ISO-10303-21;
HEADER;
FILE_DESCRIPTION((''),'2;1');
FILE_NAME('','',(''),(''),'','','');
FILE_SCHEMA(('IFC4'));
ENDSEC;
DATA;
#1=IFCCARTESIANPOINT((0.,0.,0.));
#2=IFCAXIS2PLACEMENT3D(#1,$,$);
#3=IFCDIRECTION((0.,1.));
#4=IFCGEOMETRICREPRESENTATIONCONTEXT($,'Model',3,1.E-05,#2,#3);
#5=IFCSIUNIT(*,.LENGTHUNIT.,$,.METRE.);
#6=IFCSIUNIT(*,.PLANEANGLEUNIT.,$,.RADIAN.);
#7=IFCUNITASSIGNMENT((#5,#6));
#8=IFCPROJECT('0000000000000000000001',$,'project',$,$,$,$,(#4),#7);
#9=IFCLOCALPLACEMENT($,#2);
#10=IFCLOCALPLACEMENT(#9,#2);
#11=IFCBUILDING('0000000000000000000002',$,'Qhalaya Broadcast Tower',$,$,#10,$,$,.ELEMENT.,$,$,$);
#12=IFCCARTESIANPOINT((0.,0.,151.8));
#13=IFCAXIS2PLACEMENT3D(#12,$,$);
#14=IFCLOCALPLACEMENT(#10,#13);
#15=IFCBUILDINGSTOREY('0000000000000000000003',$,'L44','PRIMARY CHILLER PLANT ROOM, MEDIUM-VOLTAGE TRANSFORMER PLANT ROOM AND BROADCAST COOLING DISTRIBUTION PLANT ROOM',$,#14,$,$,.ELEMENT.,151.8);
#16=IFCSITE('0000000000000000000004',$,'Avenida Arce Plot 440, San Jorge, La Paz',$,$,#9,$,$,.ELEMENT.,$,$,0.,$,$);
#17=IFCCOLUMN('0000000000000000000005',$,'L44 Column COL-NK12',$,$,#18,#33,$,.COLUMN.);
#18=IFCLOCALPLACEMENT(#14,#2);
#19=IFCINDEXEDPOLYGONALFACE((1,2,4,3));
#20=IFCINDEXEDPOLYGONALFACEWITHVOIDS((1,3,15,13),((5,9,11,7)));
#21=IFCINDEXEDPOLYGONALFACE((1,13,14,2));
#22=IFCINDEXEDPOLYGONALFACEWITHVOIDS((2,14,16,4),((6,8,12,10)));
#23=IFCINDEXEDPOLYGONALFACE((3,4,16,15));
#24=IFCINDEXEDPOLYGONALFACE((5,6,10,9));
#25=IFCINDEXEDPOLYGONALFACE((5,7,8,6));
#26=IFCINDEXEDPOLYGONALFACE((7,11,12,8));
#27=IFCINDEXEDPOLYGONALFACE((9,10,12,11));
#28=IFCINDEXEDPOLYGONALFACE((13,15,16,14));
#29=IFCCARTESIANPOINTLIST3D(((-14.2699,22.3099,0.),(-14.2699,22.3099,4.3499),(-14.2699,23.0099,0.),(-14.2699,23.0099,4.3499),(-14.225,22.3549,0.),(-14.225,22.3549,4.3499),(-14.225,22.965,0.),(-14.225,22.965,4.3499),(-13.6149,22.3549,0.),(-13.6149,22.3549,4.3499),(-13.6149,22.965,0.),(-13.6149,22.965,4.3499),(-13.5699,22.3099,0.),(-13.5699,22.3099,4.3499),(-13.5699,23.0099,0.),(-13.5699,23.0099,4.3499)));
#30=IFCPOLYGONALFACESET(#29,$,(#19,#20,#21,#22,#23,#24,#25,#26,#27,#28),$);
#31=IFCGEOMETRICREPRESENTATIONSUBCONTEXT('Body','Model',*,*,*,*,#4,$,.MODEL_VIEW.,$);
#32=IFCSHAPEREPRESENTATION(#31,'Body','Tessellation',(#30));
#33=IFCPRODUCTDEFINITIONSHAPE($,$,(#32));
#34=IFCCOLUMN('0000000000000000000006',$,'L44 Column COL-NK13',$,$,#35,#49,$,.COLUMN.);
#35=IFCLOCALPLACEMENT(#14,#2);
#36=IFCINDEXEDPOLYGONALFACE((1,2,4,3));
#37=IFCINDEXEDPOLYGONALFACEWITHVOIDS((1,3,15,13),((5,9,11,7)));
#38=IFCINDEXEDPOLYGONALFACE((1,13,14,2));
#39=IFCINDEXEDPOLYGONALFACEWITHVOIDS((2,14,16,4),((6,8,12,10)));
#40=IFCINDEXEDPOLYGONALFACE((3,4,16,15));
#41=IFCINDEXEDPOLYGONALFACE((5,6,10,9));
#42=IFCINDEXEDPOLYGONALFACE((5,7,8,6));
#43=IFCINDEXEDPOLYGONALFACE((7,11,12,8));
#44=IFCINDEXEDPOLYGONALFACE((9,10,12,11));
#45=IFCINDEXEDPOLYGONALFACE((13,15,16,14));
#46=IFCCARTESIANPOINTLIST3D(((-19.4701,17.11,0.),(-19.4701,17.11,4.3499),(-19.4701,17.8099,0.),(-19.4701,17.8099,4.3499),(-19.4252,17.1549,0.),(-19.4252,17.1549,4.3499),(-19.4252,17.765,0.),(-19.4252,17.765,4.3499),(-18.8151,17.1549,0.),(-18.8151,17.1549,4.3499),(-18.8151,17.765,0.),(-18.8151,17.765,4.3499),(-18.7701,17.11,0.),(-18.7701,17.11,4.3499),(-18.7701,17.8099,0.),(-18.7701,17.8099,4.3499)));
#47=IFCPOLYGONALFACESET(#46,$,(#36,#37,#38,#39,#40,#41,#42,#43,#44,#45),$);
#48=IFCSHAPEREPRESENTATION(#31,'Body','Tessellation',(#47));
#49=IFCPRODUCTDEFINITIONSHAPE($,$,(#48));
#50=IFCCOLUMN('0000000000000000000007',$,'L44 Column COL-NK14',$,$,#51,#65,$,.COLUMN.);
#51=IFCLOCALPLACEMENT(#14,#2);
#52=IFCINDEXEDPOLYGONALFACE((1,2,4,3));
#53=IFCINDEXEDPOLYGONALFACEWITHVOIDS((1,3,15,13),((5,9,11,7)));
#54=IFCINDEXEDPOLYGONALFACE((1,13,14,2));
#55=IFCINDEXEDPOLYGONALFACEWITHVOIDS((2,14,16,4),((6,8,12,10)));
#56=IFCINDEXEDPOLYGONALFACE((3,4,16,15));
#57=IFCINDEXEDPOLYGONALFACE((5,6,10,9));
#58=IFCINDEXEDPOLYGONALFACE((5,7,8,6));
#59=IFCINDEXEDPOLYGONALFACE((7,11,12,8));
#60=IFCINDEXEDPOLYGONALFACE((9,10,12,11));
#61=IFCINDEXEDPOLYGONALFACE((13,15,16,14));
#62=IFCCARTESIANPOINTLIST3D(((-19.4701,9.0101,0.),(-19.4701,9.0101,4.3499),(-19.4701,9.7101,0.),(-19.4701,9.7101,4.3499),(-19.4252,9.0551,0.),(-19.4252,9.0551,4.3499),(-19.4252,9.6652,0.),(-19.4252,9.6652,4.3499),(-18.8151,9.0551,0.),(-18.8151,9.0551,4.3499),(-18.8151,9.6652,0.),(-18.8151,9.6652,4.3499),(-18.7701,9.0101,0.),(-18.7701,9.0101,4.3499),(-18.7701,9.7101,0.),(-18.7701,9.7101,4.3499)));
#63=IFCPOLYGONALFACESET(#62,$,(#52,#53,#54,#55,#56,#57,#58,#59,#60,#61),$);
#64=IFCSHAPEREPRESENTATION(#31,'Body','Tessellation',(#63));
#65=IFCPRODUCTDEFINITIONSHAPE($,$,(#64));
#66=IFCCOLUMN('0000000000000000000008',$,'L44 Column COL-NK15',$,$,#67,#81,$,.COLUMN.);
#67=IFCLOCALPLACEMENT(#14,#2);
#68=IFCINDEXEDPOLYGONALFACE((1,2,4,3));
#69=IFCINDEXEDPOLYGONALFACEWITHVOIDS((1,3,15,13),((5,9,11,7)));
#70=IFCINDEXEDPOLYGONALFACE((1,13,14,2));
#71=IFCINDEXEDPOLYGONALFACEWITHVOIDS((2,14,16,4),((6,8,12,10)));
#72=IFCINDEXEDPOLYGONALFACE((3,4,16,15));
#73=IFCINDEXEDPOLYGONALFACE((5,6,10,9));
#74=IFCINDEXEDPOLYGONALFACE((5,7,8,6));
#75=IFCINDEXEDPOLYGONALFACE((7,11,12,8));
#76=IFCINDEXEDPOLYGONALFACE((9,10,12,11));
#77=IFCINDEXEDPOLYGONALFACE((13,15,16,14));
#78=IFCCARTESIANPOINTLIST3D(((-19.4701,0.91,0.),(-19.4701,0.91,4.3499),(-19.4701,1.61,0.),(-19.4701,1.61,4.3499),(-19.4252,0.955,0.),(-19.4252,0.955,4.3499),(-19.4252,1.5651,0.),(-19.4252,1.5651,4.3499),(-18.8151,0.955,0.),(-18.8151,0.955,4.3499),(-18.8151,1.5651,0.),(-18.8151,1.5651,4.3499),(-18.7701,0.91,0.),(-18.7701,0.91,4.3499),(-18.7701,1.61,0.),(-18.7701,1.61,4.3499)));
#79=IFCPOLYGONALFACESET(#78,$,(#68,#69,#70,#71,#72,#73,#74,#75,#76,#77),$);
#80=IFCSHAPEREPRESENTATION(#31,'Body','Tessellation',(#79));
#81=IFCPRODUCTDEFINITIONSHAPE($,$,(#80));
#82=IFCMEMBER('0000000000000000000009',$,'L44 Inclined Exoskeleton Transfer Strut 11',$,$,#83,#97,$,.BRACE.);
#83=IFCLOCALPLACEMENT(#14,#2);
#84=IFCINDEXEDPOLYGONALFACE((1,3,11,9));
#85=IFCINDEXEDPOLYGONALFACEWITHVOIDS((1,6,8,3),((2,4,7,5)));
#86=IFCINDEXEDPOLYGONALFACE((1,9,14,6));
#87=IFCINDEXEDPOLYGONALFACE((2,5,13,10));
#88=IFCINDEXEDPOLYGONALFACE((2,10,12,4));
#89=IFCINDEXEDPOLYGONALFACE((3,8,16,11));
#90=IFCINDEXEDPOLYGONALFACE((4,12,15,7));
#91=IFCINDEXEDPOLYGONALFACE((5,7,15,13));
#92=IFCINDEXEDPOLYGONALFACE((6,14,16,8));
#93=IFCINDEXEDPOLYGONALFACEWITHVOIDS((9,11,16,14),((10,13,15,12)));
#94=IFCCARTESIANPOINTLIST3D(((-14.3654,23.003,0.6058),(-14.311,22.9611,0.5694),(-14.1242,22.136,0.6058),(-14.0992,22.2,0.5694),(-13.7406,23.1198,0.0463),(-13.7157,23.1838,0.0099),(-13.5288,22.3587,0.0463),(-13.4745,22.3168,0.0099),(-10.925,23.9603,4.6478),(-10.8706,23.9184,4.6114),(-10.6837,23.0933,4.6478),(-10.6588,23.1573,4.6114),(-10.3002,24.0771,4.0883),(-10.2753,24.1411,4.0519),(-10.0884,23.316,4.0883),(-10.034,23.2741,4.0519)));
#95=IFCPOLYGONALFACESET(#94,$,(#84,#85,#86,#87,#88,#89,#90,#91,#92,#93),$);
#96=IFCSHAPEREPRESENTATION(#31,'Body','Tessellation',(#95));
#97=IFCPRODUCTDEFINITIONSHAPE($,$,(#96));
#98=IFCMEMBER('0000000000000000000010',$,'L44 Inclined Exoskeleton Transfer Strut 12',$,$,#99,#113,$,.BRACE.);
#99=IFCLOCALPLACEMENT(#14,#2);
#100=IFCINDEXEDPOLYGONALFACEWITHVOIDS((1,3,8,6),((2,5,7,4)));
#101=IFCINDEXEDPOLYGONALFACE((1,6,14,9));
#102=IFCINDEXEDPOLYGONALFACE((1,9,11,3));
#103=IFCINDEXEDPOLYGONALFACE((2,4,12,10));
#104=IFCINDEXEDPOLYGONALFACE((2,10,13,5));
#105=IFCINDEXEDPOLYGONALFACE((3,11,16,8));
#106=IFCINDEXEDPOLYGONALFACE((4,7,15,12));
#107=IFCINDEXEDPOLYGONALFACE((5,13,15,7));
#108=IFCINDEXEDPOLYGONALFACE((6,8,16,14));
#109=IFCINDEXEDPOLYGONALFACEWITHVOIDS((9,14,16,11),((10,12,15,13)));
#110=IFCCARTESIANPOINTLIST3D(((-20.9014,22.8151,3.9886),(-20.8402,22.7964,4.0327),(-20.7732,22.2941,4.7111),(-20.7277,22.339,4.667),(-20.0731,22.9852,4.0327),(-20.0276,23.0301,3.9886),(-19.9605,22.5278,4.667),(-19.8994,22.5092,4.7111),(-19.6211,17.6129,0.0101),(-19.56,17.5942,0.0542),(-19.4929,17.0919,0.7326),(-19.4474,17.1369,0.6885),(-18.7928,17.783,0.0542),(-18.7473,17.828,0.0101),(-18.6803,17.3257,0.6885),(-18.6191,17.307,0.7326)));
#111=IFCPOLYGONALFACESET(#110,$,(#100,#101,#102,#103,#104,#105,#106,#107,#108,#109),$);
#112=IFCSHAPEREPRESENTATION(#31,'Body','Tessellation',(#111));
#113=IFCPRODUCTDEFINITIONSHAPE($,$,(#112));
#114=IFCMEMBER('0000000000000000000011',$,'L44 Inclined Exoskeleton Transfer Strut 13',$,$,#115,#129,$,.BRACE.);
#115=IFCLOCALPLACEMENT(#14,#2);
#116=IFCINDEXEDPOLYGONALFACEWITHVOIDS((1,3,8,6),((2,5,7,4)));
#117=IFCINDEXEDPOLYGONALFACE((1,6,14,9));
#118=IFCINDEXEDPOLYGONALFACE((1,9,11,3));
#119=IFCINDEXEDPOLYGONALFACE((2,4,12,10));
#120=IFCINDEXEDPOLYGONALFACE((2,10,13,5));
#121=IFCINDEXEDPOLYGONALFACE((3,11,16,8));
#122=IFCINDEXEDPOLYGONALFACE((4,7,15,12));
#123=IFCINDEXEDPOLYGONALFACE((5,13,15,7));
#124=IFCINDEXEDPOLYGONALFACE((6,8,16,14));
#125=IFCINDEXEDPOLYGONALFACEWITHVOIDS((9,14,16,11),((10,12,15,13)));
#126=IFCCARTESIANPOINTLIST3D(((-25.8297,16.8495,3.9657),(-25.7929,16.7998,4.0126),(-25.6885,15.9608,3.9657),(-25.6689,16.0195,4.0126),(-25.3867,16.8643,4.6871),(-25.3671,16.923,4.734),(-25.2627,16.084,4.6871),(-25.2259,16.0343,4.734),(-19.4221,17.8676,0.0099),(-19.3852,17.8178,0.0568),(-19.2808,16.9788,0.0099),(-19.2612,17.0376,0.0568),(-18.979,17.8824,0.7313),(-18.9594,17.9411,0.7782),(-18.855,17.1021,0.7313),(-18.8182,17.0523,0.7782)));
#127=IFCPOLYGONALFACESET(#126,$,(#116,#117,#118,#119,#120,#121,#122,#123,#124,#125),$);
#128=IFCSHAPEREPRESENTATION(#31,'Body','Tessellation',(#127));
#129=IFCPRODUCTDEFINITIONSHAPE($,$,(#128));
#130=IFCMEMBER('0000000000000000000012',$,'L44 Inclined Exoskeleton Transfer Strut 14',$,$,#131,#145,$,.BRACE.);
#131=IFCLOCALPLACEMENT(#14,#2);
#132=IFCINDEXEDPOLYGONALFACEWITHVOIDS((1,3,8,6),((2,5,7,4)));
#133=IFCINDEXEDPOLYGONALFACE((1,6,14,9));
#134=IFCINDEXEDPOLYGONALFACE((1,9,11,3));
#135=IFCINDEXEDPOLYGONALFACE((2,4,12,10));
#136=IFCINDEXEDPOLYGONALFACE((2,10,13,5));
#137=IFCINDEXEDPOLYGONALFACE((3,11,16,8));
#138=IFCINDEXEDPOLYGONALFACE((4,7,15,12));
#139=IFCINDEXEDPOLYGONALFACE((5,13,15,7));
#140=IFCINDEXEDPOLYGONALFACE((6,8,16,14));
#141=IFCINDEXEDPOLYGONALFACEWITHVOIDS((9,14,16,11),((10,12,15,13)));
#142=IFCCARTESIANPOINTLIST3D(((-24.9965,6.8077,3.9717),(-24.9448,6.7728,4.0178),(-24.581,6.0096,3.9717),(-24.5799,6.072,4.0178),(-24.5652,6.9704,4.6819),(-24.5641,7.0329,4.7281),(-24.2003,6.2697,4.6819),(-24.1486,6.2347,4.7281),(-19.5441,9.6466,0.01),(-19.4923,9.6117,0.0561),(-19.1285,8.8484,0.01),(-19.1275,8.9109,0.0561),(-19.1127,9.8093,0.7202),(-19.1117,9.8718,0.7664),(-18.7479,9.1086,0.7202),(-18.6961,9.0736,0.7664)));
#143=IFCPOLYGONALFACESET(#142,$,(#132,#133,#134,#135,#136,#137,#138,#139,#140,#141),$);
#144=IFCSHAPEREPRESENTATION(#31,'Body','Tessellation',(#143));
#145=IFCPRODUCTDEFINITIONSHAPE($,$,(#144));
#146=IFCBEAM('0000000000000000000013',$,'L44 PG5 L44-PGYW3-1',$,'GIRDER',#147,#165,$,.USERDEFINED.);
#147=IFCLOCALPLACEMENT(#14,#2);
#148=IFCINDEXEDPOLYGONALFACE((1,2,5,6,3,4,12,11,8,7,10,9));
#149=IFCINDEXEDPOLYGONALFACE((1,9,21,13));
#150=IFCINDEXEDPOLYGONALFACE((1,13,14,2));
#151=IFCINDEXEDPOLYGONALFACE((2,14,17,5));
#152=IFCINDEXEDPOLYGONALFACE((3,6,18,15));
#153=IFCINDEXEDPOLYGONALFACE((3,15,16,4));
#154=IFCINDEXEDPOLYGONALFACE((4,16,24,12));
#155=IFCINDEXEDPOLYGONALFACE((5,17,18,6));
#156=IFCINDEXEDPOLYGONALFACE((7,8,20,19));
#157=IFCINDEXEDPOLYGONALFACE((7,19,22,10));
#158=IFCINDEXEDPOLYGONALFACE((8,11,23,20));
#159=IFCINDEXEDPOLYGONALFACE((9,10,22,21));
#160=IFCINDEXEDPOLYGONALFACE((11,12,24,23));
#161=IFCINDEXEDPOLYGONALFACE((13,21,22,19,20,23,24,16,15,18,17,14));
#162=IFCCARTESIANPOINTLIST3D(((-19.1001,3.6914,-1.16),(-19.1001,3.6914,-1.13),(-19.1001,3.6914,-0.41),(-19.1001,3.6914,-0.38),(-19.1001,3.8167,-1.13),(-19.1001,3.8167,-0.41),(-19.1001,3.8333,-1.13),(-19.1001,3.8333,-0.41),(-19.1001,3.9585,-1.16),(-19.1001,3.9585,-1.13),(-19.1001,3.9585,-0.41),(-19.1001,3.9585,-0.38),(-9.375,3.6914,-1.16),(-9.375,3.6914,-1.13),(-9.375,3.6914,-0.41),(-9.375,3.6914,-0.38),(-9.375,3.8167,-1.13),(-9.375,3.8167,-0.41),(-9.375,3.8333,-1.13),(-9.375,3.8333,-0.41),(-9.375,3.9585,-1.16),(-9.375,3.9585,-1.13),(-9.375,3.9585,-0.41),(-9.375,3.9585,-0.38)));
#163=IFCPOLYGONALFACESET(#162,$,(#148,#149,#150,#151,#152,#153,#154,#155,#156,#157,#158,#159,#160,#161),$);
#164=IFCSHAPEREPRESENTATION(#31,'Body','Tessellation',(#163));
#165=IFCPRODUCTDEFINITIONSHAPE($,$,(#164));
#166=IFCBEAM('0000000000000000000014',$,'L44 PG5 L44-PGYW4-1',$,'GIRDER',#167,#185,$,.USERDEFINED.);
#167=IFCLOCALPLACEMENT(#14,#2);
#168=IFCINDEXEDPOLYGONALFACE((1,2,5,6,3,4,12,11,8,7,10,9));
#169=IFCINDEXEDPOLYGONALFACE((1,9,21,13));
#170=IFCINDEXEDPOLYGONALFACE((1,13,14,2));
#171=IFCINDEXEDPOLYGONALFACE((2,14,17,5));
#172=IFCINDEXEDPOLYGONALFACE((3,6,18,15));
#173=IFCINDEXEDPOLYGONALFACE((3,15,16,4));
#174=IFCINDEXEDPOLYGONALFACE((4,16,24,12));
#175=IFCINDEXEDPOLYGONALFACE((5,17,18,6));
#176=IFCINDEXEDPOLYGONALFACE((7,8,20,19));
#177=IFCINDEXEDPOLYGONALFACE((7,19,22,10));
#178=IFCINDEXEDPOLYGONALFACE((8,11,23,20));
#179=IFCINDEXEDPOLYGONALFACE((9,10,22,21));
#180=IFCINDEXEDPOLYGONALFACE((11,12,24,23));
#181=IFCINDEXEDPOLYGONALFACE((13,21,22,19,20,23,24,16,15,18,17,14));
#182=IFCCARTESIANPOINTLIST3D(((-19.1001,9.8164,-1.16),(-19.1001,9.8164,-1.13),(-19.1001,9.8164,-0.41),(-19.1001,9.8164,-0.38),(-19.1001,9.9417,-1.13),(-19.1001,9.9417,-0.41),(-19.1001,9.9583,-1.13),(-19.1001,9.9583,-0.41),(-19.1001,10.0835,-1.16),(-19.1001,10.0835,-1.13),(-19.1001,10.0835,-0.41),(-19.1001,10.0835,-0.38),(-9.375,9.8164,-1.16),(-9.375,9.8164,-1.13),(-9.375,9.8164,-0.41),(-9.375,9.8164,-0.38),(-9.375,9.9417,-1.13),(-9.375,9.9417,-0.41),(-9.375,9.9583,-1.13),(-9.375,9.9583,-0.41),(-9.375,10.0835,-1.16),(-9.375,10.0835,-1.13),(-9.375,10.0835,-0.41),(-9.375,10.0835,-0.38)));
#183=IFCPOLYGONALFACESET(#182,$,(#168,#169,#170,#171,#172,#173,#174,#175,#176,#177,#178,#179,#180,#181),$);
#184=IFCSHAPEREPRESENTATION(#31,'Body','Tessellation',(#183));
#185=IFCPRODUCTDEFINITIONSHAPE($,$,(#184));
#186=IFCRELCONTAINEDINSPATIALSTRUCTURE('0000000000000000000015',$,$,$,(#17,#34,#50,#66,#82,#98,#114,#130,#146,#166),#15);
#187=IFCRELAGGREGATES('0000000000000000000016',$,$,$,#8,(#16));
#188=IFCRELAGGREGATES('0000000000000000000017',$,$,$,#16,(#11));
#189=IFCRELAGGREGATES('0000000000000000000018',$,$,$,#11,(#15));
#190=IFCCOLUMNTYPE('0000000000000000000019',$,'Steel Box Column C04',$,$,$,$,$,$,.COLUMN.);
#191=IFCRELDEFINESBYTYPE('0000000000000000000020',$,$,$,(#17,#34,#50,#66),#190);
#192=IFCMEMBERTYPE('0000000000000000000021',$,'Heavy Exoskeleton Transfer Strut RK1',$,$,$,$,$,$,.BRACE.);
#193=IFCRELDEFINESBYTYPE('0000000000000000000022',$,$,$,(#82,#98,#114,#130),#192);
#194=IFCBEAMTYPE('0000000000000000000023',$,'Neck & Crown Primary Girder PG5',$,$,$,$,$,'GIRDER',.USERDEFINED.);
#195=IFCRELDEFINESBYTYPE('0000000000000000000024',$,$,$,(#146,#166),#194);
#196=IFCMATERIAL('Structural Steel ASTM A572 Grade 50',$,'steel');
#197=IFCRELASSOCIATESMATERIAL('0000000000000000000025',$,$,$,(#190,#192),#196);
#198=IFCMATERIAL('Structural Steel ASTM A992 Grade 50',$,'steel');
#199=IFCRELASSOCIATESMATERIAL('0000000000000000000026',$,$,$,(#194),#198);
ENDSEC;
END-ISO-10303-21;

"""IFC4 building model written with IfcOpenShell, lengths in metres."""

from ifc_helpers import new_model, si_unit, direction, frame, origin, origin_2d, place, context, subcontext, project, spatial, hollow_rectangle, i_section, extrude, material, material_profile, profile_set, type_object, element, save


model = new_model("IFC4")

# Units and contexts
model_context = context("Model", 3, precision=1e-05, world=origin(), true_north=direction((0.0, 1.0)))
body_context = subcontext(model_context, "Body", "Model", "MODEL_VIEW")
ifc_project = project(units=[si_unit("LENGTHUNIT", "METRE"), si_unit("PLANEANGLEUNIT", "RADIAN")], contexts=[model_context])

# Site, building, storey
site_placement = place(None, origin())
site = spatial("IfcSite", under=ifc_project, at=site_placement, Name="Avenida Arce Plot 440, San Jorge, La Paz", CompositionType="ELEMENT", RefElevation=0.0)
building_placement = place(site_placement, origin())
building = spatial("IfcBuilding", under=site, at=building_placement, Name="Qhalaya Broadcast Tower", CompositionType="ELEMENT")
storey_placement = place(building_placement, frame((0.0, 0.0, 151.8)))
storey = spatial("IfcBuildingStorey", under=building, at=storey_placement, Name="L44", Description="PRIMARY CHILLER PLANT ROOM, MEDIUM-VOLTAGE TRANSFORMER PLANT ROOM AND BROADCAST COOLING DISTRIBUTION PLANT ROOM", CompositionType="ELEMENT", Elevation=151.8)

# Columns
ifc_material_1 = material(Name="Structural Steel ASTM A572 Grade 50", Category="steel")
ifc_material_profile_1 = material_profile(ifc_material_1, hollow_rectangle(XDim=0.7, YDim=0.7, WallThickness=0.0449, at=origin_2d()), Name="BOX 700x700x45")
ifc_profile_set_1 = profile_set([ifc_material_profile_1], Name="Structural Steel ASTM A572 Grade 50")
column_type = type_object("IfcColumnType", Name="Steel Box Column C04", PredefinedType="COLUMN", material=ifc_profile_set_1)
for number, where, z_axis, x_axis, name in (
    (1, (-13.9199, 22.6599, 0.0), (0.0, 0.0, 1.0), (1.0, 0.0, 0.0), "L44 Column COL-NK12"),
    (2, (-19.1201, 17.46, 0.0), (0.0, 0.0, 1.0), (0.0, 1.0, 0.0), "L44 Column COL-NK13"),
    (3, (-19.1201, 9.3601, 0.0), (0.0, 0.0, 1.0), (0.0, 1.0, 0.0), "L44 Column COL-NK14"),
    (4, (-19.1201, 1.26, 0.0), (0.0, 0.0, 1.0), (0.0, 1.0, 0.0), "L44 Column COL-NK15"),
):
    element("IfcColumn", number, at=place(storey_placement, frame(where, z_axis=z_axis, x_axis=x_axis)), inside=storey, type_object=column_type, Name=name, PredefinedType="COLUMN", context=body_context, shape_type="SweptSolid", body=[
        extrude(hollow_rectangle(XDim=0.7, YDim=0.7, WallThickness=0.0449, at=origin_2d()), origin(), (0.0, 0.0, 1.0), 4.3499),
    ])

# Members
ifc_material_profile_2 = material_profile(ifc_material_1, hollow_rectangle(XDim=0.8999, YDim=0.8999, WallThickness=0.0549, at=origin_2d()), Name="BOX 900x900x55")
ifc_profile_set_2 = profile_set([ifc_material_profile_2], Name="Structural Steel ASTM A572 Grade 50")
member_type = type_object("IfcMemberType", Name="Heavy Exoskeleton Transfer Strut RK1", PredefinedType="BRACE", material=ifc_profile_set_2)
member_1_placement = place(storey_placement, frame((-13.9199, 22.6599, 0.3079), z_axis=(0.637876, 0.177484, 0.749409), x_axis=(-0.26806, 0.963402, 0.0)))
element("IfcMember", 5, at=member_1_placement, inside=storey, type_object=member_type, Name="L44 Inclined Exoskeleton Transfer Strut 11", PredefinedType="BRACE", context=body_context, shape_type="SweptSolid", body=[
    extrude(hollow_rectangle(XDim=0.8999, YDim=0.8999, WallThickness=0.0549, at=origin_2d()), origin(), (0.0, 0.0, 1.0), 5.3936),
])
member_2_placement = place(storey_placement, frame((-19.1201, 17.46, 0.3713), z_axis=(-0.191856, 0.779572, 0.596204), x_axis=(-0.971026, -0.238974, 0.0)))
element("IfcMember", 6, at=member_2_placement, inside=storey, type_object=member_type, Name="L44 Inclined Exoskeleton Transfer Strut 12", PredefinedType="BRACE", context=body_context, shape_type="SweptSolid", body=[
    extrude(hollow_rectangle(XDim=0.8999, YDim=0.8999, WallThickness=0.0549, at=origin_2d()), origin(), (0.0, 0.0, 1.0), 6.6731),
])
member_3_placement = place(storey_placement, frame((-19.1201, 17.46, 0.394), z_axis=(-0.843239, -0.133975, 0.520575), x_axis=(0.156913, -0.987612, 0.0)))
element("IfcMember", 7, at=member_3_placement, inside=storey, type_object=member_type, Name="L44 Inclined Exoskeleton Transfer Strut 13", PredefinedType="BRACE", context=body_context, shape_type="SweptSolid", body=[
    extrude(hollow_rectangle(XDim=0.8999, YDim=0.8999, WallThickness=0.0549, at=origin_2d()), origin(), (0.0, 0.0, 1.0), 7.5989),
])
member_4_placement = place(storey_placement, frame((-19.1201, 9.3601, 0.3882), z_axis=(-0.745557, -0.388185, 0.541717), x_axis=(0.461817, -0.886975, 0.0)))
element("IfcMember", 8, at=member_4_placement, inside=storey, type_object=member_type, Name="L44 Inclined Exoskeleton Transfer Strut 14", PredefinedType="BRACE", context=body_context, shape_type="SweptSolid", body=[
    extrude(hollow_rectangle(XDim=0.8999, YDim=0.8999, WallThickness=0.0549, at=origin_2d()), origin(), (0.0, 0.0, 1.0), 7.3132),
])

# Beams
ifc_material_2 = material(Name="Structural Steel ASTM A992 Grade 50", Category="steel")
ifc_material_profile_3 = material_profile(ifc_material_2, i_section(OverallWidth=0.2671, OverallDepth=0.78, WebThickness=0.0166, FlangeThickness=0.03, at=origin_2d()), Name="W30X148")
ifc_profile_set_3 = profile_set([ifc_material_profile_3], Name="Structural Steel ASTM A992 Grade 50")
beam_type_1 = type_object("IfcBeamType", Name="Neck & Crown Primary Girder PG5", ElementType="GIRDER", PredefinedType="USERDEFINED", material=ifc_profile_set_3)
for number, where, z_axis, x_axis, name in (
    (9, (-19.1001, 3.825, -0.77), (1.0, 0.0, 0.0), (0.0, 1.0, 0.0), "L44 PG5 L44-PGYW3-1"),
    (10, (-19.1001, 9.95, -0.77), (1.0, 0.0, 0.0), (0.0, 1.0, 0.0), "L44 PG5 L44-PGYW4-1"),
):
    element("IfcBeam", number, at=place(storey_placement, frame(where, z_axis=z_axis, x_axis=x_axis)), inside=storey, type_object=beam_type_1, Name=name, ObjectType="GIRDER", PredefinedType="USERDEFINED", context=body_context, shape_type="SweptSolid", body=[
        extrude(i_section(OverallWidth=0.2671, OverallDepth=0.78, WebThickness=0.0166, FlangeThickness=0.03, at=origin_2d()), origin(), (0.0, 0.0, 1.0), 9.7251),
    ])

save(model, "model.ifc")
